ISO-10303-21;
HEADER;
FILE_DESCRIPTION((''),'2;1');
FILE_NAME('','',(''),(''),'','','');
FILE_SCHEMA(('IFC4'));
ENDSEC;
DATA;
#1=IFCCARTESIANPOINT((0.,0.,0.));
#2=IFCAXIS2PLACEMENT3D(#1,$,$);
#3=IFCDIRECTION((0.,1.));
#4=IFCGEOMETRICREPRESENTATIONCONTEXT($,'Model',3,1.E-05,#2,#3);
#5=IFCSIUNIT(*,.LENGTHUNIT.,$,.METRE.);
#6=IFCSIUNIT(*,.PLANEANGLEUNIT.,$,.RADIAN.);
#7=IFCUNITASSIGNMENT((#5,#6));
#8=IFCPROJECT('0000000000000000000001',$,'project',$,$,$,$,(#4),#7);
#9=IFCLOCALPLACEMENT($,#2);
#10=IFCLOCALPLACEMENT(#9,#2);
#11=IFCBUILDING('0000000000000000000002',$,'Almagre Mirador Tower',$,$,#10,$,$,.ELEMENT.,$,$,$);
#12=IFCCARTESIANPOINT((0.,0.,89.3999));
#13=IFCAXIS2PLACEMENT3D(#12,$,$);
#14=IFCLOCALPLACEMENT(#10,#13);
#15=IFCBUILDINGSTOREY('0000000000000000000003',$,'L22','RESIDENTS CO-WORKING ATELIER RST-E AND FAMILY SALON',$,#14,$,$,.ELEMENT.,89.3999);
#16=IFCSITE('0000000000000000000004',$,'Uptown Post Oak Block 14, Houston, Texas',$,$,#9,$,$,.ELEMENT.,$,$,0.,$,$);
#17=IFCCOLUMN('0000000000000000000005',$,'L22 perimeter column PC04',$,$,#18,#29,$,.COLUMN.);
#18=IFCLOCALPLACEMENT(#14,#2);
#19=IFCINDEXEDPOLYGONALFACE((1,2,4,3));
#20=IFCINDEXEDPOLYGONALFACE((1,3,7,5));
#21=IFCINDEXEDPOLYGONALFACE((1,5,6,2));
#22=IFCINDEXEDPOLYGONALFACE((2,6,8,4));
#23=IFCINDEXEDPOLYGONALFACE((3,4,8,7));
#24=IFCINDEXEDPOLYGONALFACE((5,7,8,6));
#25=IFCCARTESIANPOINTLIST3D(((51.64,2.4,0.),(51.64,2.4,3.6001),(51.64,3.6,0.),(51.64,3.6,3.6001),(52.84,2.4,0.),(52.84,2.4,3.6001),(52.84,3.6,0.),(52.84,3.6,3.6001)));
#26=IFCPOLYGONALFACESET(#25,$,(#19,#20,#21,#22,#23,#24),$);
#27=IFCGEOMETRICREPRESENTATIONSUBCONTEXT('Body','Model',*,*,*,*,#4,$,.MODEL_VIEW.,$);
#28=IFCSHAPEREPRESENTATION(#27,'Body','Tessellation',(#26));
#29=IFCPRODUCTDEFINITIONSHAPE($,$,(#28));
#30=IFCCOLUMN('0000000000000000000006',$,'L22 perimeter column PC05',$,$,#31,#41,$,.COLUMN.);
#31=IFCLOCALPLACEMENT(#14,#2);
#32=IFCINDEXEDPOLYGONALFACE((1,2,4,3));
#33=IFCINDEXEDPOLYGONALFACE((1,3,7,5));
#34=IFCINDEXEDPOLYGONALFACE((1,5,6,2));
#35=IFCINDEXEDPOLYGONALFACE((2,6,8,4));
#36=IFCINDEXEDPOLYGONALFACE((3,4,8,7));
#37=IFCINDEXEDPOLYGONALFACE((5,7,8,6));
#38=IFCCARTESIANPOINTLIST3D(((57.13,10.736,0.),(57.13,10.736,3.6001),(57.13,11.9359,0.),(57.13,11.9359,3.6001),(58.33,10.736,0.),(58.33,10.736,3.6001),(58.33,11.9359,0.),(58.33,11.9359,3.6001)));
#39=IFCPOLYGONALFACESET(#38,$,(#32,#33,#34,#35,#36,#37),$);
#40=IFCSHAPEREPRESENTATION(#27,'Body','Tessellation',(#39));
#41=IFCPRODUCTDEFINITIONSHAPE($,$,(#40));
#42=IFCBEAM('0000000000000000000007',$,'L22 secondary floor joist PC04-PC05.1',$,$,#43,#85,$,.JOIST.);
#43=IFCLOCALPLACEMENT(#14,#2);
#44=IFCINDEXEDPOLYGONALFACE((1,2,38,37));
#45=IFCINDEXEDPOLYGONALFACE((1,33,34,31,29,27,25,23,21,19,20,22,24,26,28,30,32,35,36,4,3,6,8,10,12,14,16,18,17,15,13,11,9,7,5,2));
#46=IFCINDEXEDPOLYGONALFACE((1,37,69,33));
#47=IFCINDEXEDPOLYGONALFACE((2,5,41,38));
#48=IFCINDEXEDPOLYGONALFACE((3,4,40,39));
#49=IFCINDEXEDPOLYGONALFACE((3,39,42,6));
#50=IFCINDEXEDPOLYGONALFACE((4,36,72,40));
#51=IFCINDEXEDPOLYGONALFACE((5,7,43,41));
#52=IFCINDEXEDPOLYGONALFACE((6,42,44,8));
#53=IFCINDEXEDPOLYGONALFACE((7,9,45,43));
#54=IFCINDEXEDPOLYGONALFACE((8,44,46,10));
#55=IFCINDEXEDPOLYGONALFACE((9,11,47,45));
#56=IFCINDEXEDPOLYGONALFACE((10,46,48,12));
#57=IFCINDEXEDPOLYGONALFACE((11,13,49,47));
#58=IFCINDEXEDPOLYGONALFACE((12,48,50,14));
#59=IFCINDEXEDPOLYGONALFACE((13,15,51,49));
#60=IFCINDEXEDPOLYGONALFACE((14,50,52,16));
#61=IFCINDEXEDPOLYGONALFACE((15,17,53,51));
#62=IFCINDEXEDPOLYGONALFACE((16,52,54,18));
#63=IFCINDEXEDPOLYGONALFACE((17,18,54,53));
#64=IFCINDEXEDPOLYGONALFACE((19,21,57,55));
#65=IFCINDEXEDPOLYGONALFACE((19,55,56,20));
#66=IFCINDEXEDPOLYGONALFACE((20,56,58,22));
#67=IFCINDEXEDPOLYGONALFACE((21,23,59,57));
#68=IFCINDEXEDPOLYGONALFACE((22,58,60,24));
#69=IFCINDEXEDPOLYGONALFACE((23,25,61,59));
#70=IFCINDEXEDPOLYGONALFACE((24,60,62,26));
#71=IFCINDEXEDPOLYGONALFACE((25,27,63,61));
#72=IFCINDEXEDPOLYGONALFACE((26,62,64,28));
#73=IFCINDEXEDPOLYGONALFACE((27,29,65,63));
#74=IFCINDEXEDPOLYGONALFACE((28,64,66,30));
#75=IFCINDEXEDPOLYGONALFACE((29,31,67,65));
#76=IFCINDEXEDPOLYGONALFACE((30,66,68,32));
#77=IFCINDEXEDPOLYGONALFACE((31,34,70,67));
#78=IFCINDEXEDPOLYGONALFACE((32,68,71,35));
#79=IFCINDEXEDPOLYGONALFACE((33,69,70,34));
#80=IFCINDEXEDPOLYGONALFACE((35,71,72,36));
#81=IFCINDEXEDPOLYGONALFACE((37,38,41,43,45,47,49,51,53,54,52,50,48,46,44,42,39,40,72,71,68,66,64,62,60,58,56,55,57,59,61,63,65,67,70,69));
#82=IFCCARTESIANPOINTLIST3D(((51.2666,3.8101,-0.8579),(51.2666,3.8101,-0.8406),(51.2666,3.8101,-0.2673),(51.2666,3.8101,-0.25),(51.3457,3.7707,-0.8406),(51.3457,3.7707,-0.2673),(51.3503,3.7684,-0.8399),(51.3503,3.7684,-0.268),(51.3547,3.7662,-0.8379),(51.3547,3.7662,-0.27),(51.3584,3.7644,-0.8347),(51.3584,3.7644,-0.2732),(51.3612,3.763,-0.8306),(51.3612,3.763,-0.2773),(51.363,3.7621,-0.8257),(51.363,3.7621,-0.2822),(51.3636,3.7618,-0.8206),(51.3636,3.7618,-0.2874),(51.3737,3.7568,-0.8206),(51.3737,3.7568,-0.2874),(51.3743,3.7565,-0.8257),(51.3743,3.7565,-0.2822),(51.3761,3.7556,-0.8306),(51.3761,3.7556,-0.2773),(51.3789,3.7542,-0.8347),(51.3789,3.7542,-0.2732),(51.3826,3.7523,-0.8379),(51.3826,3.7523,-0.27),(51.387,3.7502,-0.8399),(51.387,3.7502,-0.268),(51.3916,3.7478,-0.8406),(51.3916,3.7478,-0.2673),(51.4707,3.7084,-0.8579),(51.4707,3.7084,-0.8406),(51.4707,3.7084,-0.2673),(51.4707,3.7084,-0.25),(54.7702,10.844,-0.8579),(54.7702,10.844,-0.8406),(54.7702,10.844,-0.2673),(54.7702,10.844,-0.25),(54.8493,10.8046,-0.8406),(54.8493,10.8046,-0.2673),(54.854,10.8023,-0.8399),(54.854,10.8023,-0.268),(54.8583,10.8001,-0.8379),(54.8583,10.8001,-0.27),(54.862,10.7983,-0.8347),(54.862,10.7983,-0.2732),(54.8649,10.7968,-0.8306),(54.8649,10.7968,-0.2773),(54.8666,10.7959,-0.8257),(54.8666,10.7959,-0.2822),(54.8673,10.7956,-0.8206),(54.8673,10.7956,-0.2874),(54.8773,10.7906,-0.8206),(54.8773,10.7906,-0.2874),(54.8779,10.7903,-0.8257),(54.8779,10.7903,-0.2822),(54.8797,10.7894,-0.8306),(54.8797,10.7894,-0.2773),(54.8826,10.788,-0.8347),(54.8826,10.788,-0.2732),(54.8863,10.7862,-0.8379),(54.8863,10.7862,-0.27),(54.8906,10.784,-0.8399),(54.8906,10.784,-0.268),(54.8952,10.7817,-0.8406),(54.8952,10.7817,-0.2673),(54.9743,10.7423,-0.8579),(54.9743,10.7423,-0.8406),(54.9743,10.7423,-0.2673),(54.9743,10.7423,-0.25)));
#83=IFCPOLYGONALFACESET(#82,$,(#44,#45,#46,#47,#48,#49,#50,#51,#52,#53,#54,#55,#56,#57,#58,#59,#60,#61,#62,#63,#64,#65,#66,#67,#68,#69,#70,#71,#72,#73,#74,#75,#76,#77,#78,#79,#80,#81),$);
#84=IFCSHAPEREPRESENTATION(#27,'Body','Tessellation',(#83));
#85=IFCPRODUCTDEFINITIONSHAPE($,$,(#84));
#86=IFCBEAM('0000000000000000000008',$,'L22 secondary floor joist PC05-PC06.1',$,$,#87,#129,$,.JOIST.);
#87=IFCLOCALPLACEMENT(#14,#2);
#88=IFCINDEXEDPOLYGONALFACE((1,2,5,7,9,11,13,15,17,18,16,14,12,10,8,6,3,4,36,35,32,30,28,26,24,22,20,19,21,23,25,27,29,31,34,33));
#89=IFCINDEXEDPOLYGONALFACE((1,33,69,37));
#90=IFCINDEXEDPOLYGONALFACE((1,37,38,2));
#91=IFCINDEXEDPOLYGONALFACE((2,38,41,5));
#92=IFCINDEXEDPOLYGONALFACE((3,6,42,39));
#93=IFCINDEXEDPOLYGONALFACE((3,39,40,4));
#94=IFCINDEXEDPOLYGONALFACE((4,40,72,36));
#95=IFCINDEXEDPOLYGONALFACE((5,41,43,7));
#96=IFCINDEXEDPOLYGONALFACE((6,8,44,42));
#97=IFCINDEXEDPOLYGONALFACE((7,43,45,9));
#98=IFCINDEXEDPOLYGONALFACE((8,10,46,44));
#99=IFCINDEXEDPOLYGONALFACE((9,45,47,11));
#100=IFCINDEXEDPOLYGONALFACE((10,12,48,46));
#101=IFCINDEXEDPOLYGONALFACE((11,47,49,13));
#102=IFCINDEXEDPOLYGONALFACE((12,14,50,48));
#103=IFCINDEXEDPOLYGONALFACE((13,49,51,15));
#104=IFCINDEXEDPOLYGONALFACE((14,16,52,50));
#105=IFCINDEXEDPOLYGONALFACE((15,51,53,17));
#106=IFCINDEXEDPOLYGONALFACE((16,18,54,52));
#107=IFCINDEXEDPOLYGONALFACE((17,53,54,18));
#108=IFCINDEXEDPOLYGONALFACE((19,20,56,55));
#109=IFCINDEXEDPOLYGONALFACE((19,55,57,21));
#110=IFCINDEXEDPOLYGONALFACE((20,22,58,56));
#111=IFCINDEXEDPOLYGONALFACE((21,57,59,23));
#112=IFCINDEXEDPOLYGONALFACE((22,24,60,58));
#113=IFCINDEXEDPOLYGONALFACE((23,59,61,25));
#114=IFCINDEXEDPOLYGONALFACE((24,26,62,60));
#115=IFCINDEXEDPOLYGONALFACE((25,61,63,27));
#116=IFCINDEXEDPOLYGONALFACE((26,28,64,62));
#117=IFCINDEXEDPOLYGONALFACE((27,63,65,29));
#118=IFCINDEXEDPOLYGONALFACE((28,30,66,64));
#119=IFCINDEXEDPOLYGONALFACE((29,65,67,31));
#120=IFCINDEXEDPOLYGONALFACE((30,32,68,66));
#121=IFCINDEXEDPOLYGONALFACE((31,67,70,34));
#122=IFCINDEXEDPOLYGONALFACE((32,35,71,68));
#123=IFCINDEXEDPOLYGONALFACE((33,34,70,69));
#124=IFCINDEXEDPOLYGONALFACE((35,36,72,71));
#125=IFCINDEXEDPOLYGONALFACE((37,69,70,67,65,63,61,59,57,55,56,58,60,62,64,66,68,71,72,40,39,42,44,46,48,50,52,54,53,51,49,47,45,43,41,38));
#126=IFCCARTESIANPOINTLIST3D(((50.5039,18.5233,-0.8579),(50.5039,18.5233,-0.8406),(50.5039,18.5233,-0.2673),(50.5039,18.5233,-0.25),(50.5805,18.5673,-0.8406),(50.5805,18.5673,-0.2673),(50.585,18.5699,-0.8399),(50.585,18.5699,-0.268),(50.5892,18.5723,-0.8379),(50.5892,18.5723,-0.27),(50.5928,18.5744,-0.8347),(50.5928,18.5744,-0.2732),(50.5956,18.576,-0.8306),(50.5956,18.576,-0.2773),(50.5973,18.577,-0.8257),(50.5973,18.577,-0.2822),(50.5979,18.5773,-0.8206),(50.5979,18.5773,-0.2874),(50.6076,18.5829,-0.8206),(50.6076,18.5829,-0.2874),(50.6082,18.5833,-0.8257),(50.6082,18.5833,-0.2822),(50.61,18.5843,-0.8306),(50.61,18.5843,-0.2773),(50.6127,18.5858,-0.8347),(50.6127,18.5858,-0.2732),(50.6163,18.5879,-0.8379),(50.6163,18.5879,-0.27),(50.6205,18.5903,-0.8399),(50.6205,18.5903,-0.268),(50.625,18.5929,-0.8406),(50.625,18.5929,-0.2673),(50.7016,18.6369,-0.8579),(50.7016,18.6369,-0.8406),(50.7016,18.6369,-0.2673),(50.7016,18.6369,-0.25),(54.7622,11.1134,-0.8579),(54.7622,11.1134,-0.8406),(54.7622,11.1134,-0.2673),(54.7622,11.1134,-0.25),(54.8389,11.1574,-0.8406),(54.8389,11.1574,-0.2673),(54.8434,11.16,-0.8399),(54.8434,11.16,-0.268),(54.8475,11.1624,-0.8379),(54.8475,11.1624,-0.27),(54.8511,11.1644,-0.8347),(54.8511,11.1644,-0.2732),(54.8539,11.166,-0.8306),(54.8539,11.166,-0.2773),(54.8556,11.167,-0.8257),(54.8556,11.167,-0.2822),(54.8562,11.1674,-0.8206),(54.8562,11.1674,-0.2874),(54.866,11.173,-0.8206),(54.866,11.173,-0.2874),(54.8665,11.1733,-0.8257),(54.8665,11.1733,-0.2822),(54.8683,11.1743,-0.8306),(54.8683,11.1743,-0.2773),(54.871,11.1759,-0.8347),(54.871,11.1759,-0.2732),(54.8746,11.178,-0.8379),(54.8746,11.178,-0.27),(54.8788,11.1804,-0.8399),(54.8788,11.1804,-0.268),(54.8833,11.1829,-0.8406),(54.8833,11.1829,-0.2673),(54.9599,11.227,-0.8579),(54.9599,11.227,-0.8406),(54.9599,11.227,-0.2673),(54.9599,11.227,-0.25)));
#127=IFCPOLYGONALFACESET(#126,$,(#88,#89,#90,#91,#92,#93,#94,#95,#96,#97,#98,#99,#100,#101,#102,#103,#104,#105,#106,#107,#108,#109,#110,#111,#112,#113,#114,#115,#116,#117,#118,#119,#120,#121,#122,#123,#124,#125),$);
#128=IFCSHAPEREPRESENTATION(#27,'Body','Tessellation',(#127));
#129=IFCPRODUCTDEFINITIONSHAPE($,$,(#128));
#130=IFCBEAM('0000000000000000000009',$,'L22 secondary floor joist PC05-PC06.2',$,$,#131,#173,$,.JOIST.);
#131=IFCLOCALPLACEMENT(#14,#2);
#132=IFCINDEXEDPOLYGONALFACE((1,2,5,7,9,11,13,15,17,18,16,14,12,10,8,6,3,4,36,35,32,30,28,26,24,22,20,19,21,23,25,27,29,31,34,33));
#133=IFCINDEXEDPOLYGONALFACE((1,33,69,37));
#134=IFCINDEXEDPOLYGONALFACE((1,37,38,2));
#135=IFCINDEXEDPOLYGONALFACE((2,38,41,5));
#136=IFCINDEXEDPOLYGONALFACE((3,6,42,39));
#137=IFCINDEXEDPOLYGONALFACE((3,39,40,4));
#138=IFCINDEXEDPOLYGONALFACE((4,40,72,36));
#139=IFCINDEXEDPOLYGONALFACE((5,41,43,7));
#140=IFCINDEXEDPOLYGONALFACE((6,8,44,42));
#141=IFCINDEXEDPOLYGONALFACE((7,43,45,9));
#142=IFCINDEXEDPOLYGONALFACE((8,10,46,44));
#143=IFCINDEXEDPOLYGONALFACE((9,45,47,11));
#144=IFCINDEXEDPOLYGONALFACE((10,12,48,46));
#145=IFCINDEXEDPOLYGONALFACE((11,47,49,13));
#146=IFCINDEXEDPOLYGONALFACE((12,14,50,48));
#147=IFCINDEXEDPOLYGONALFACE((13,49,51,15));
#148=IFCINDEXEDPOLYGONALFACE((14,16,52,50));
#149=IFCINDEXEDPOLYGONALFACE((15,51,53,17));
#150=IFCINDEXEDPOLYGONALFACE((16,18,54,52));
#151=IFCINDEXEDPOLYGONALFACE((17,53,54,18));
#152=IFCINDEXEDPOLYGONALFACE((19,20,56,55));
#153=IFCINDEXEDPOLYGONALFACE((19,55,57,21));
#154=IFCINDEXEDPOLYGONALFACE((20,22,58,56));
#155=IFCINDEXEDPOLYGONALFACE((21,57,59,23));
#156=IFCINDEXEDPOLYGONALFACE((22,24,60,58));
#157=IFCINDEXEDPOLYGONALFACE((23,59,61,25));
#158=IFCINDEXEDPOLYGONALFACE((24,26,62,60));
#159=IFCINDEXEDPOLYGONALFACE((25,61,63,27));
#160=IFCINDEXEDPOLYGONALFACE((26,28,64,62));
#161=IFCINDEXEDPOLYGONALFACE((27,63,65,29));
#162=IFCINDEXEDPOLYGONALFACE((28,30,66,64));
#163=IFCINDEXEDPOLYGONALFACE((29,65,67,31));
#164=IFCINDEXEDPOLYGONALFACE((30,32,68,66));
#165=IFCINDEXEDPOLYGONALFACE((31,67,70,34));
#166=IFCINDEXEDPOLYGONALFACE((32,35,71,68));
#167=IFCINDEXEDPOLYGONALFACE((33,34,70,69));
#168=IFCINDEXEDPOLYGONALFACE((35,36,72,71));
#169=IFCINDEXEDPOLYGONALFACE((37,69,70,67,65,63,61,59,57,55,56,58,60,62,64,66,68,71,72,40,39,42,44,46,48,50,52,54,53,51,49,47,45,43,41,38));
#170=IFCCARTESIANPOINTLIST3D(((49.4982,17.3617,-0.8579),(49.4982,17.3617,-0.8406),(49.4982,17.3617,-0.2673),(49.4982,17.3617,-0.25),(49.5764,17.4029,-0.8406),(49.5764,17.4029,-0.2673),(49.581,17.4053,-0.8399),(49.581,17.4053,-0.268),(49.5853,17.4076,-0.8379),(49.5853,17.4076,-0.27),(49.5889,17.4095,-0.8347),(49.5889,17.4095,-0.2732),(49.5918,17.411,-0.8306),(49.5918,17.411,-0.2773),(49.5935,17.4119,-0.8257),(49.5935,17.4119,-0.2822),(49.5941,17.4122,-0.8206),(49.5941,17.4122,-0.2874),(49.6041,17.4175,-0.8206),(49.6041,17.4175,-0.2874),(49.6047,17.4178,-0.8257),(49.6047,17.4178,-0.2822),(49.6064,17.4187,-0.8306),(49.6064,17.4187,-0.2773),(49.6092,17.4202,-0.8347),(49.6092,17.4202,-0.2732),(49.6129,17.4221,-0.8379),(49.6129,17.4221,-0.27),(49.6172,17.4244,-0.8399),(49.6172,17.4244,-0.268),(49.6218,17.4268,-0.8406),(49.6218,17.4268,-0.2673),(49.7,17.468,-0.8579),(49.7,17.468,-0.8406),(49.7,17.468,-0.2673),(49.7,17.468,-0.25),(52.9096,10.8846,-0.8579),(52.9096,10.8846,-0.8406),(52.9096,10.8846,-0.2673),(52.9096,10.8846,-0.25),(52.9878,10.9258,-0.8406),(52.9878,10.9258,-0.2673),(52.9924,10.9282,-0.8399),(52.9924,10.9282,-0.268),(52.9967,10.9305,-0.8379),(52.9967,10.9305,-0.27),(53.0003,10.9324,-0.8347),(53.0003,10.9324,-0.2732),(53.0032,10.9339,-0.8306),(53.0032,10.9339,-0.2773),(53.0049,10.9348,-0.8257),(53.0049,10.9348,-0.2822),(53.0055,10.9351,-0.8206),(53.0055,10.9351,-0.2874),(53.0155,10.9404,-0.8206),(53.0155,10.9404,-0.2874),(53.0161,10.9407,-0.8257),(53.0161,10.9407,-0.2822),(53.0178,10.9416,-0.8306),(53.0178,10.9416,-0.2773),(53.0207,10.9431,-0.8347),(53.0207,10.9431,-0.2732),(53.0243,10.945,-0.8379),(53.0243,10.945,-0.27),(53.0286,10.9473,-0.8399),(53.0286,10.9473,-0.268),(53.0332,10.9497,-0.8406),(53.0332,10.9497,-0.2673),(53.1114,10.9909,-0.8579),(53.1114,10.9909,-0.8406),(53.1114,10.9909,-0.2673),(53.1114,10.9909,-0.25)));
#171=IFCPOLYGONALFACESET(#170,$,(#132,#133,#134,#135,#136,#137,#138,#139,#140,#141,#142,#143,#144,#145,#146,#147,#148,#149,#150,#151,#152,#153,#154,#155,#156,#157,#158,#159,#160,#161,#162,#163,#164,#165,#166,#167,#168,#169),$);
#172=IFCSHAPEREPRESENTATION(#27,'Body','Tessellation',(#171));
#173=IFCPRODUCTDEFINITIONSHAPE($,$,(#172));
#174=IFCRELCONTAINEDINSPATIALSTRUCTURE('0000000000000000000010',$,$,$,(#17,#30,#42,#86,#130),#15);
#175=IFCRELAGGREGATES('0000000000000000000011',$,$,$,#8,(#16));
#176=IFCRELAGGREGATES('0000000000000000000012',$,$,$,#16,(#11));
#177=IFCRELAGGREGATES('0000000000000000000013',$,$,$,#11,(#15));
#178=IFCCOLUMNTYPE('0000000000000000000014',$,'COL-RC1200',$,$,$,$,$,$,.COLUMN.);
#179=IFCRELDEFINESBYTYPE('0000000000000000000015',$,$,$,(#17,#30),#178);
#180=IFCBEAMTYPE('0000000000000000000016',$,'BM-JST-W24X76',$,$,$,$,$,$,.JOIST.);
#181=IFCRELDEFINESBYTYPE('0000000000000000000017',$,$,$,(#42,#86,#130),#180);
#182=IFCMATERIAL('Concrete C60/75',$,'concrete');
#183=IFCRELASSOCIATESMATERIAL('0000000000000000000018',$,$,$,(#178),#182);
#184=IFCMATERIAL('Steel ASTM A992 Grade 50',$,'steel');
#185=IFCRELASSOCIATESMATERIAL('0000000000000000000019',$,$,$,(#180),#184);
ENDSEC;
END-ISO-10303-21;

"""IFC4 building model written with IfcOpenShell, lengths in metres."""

from ifc_helpers import new_model, si_unit, direction, frame, origin, origin_2d, place, context, subcontext, project, spatial, rectangle, i_section, extrude, material, material_profile, profile_set, type_object, element, save


model = new_model("IFC4")

# Units and contexts
model_context = context("Model", 3, precision=1e-05, world=origin(), true_north=direction((0.0, 1.0)))
body_context = subcontext(model_context, "Body", "Model", "MODEL_VIEW")
ifc_project = project(units=[si_unit("LENGTHUNIT", "METRE"), si_unit("PLANEANGLEUNIT", "RADIAN")], contexts=[model_context])

# Site, building, storey
site_placement = place(None, origin())
site = spatial("IfcSite", under=ifc_project, at=site_placement, Name="Uptown Post Oak Block 14, Houston, Texas", CompositionType="ELEMENT", RefElevation=0.0)
building_placement = place(site_placement, origin())
building = spatial("IfcBuilding", under=site, at=building_placement, Name="Almagre Mirador Tower", CompositionType="ELEMENT")
storey_placement = place(building_placement, frame((0.0, 0.0, 89.3999)))
storey = spatial("IfcBuildingStorey", under=building, at=storey_placement, Name="L22", Description="RESIDENTS CO-WORKING ATELIER RST-E AND FAMILY SALON", CompositionType="ELEMENT", Elevation=89.3999)

# Columns
ifc_material_1 = material(Name="Concrete C60/75", Category="concrete")
ifc_material_profile_1 = material_profile(ifc_material_1, rectangle(XDim=1.2, YDim=1.2, at=origin_2d()), Name="RC1200X1200")
ifc_profile_set_1 = profile_set([ifc_material_profile_1], Name="Concrete C60/75")
column_type = type_object("IfcColumnType", Name="COL-RC1200", PredefinedType="COLUMN", material=ifc_profile_set_1)
for number, where, z_axis, x_axis, name in (
    (1, (52.24, 3.0, 0.0), (0.0, 0.0, 1.0), (1.0, 0.0, 0.0), "L22 perimeter column PC04"),
    (2, (57.73, 11.3359, 0.0), (0.0, 0.0, 1.0), (1.0, 0.0, 0.0), "L22 perimeter column PC05"),
):
    element("IfcColumn", number, at=place(storey_placement, frame(where, z_axis=z_axis, x_axis=x_axis)), inside=storey, type_object=column_type, Name=name, PredefinedType="COLUMN", context=body_context, shape_type="SweptSolid", body=[
        extrude(rectangle(XDim=1.2, YDim=1.2, at=origin_2d()), origin(), (0.0, 0.0, 1.0), 3.6001),
    ])

# Beams
ifc_material_2 = material(Name="Steel ASTM A992 Grade 50", Category="steel")
ifc_material_profile_2 = material_profile(ifc_material_2, i_section(OverallWidth=0.228, OverallDepth=0.6079, WebThickness=0.0112, FlangeThickness=0.0173, FilletRadius=0.02, at=origin_2d()), Name="W24X76")
ifc_profile_set_2 = profile_set([ifc_material_profile_2], Name="Steel ASTM A992 Grade 50")
beam_type_1 = type_object("IfcBeamType", Name="BM-JST-W24X76", PredefinedType="JOIST", material=ifc_profile_set_2)
beam_1_placement = place(storey_placement, frame((51.3687, 3.7593, -0.554), z_axis=(0.445859, 0.895103, 0.0), x_axis=(-0.895103, 0.445859, 0.0)))
element("IfcBeam", 3, at=beam_1_placement, inside=storey, type_object=beam_type_1, Name="L22 secondary floor joist PC04-PC05.1", PredefinedType="JOIST", context=body_context, shape_type="SweptSolid", body=[
    extrude(i_section(OverallWidth=0.228, OverallDepth=0.6079, WebThickness=0.0112, FlangeThickness=0.0173, FilletRadius=0.02, at=origin_2d()), origin(), (0.0, 0.0, 1.0), 7.8582),
])
beam_2_placement = place(storey_placement, frame((54.8611, 11.1702, -0.554), z_axis=(-0.49826, 0.867028, 0.0), x_axis=(-0.867028, -0.49826, 0.0)))
element("IfcBeam", 4, at=beam_2_placement, inside=storey, type_object=beam_type_1, Name="L22 secondary floor joist PC05-PC06.1", PredefinedType="JOIST", context=body_context, shape_type="SweptSolid", body=[
    extrude(i_section(OverallWidth=0.228, OverallDepth=0.6079, WebThickness=0.0112, FlangeThickness=0.0173, FilletRadius=0.02, at=origin_2d()), origin(), (0.0, 0.0, 1.0), 8.5464),
])
beam_3_placement = place(storey_placement, frame((53.0105, 10.9377, -0.554), z_axis=(-0.466003, 0.884783, 0.0), x_axis=(-0.884783, -0.466003, 0.0)))
element("IfcBeam", 5, at=beam_3_placement, inside=storey, type_object=beam_type_1, Name="L22 secondary floor joist PC05-PC06.2", PredefinedType="JOIST", context=body_context, shape_type="SweptSolid", body=[
    extrude(i_section(OverallWidth=0.228, OverallDepth=0.6079, WebThickness=0.0112, FlangeThickness=0.0173, FilletRadius=0.02, at=origin_2d()), origin(), (0.0, 0.0, 1.0), 7.3206),
])

save(model, "model.ifc")
